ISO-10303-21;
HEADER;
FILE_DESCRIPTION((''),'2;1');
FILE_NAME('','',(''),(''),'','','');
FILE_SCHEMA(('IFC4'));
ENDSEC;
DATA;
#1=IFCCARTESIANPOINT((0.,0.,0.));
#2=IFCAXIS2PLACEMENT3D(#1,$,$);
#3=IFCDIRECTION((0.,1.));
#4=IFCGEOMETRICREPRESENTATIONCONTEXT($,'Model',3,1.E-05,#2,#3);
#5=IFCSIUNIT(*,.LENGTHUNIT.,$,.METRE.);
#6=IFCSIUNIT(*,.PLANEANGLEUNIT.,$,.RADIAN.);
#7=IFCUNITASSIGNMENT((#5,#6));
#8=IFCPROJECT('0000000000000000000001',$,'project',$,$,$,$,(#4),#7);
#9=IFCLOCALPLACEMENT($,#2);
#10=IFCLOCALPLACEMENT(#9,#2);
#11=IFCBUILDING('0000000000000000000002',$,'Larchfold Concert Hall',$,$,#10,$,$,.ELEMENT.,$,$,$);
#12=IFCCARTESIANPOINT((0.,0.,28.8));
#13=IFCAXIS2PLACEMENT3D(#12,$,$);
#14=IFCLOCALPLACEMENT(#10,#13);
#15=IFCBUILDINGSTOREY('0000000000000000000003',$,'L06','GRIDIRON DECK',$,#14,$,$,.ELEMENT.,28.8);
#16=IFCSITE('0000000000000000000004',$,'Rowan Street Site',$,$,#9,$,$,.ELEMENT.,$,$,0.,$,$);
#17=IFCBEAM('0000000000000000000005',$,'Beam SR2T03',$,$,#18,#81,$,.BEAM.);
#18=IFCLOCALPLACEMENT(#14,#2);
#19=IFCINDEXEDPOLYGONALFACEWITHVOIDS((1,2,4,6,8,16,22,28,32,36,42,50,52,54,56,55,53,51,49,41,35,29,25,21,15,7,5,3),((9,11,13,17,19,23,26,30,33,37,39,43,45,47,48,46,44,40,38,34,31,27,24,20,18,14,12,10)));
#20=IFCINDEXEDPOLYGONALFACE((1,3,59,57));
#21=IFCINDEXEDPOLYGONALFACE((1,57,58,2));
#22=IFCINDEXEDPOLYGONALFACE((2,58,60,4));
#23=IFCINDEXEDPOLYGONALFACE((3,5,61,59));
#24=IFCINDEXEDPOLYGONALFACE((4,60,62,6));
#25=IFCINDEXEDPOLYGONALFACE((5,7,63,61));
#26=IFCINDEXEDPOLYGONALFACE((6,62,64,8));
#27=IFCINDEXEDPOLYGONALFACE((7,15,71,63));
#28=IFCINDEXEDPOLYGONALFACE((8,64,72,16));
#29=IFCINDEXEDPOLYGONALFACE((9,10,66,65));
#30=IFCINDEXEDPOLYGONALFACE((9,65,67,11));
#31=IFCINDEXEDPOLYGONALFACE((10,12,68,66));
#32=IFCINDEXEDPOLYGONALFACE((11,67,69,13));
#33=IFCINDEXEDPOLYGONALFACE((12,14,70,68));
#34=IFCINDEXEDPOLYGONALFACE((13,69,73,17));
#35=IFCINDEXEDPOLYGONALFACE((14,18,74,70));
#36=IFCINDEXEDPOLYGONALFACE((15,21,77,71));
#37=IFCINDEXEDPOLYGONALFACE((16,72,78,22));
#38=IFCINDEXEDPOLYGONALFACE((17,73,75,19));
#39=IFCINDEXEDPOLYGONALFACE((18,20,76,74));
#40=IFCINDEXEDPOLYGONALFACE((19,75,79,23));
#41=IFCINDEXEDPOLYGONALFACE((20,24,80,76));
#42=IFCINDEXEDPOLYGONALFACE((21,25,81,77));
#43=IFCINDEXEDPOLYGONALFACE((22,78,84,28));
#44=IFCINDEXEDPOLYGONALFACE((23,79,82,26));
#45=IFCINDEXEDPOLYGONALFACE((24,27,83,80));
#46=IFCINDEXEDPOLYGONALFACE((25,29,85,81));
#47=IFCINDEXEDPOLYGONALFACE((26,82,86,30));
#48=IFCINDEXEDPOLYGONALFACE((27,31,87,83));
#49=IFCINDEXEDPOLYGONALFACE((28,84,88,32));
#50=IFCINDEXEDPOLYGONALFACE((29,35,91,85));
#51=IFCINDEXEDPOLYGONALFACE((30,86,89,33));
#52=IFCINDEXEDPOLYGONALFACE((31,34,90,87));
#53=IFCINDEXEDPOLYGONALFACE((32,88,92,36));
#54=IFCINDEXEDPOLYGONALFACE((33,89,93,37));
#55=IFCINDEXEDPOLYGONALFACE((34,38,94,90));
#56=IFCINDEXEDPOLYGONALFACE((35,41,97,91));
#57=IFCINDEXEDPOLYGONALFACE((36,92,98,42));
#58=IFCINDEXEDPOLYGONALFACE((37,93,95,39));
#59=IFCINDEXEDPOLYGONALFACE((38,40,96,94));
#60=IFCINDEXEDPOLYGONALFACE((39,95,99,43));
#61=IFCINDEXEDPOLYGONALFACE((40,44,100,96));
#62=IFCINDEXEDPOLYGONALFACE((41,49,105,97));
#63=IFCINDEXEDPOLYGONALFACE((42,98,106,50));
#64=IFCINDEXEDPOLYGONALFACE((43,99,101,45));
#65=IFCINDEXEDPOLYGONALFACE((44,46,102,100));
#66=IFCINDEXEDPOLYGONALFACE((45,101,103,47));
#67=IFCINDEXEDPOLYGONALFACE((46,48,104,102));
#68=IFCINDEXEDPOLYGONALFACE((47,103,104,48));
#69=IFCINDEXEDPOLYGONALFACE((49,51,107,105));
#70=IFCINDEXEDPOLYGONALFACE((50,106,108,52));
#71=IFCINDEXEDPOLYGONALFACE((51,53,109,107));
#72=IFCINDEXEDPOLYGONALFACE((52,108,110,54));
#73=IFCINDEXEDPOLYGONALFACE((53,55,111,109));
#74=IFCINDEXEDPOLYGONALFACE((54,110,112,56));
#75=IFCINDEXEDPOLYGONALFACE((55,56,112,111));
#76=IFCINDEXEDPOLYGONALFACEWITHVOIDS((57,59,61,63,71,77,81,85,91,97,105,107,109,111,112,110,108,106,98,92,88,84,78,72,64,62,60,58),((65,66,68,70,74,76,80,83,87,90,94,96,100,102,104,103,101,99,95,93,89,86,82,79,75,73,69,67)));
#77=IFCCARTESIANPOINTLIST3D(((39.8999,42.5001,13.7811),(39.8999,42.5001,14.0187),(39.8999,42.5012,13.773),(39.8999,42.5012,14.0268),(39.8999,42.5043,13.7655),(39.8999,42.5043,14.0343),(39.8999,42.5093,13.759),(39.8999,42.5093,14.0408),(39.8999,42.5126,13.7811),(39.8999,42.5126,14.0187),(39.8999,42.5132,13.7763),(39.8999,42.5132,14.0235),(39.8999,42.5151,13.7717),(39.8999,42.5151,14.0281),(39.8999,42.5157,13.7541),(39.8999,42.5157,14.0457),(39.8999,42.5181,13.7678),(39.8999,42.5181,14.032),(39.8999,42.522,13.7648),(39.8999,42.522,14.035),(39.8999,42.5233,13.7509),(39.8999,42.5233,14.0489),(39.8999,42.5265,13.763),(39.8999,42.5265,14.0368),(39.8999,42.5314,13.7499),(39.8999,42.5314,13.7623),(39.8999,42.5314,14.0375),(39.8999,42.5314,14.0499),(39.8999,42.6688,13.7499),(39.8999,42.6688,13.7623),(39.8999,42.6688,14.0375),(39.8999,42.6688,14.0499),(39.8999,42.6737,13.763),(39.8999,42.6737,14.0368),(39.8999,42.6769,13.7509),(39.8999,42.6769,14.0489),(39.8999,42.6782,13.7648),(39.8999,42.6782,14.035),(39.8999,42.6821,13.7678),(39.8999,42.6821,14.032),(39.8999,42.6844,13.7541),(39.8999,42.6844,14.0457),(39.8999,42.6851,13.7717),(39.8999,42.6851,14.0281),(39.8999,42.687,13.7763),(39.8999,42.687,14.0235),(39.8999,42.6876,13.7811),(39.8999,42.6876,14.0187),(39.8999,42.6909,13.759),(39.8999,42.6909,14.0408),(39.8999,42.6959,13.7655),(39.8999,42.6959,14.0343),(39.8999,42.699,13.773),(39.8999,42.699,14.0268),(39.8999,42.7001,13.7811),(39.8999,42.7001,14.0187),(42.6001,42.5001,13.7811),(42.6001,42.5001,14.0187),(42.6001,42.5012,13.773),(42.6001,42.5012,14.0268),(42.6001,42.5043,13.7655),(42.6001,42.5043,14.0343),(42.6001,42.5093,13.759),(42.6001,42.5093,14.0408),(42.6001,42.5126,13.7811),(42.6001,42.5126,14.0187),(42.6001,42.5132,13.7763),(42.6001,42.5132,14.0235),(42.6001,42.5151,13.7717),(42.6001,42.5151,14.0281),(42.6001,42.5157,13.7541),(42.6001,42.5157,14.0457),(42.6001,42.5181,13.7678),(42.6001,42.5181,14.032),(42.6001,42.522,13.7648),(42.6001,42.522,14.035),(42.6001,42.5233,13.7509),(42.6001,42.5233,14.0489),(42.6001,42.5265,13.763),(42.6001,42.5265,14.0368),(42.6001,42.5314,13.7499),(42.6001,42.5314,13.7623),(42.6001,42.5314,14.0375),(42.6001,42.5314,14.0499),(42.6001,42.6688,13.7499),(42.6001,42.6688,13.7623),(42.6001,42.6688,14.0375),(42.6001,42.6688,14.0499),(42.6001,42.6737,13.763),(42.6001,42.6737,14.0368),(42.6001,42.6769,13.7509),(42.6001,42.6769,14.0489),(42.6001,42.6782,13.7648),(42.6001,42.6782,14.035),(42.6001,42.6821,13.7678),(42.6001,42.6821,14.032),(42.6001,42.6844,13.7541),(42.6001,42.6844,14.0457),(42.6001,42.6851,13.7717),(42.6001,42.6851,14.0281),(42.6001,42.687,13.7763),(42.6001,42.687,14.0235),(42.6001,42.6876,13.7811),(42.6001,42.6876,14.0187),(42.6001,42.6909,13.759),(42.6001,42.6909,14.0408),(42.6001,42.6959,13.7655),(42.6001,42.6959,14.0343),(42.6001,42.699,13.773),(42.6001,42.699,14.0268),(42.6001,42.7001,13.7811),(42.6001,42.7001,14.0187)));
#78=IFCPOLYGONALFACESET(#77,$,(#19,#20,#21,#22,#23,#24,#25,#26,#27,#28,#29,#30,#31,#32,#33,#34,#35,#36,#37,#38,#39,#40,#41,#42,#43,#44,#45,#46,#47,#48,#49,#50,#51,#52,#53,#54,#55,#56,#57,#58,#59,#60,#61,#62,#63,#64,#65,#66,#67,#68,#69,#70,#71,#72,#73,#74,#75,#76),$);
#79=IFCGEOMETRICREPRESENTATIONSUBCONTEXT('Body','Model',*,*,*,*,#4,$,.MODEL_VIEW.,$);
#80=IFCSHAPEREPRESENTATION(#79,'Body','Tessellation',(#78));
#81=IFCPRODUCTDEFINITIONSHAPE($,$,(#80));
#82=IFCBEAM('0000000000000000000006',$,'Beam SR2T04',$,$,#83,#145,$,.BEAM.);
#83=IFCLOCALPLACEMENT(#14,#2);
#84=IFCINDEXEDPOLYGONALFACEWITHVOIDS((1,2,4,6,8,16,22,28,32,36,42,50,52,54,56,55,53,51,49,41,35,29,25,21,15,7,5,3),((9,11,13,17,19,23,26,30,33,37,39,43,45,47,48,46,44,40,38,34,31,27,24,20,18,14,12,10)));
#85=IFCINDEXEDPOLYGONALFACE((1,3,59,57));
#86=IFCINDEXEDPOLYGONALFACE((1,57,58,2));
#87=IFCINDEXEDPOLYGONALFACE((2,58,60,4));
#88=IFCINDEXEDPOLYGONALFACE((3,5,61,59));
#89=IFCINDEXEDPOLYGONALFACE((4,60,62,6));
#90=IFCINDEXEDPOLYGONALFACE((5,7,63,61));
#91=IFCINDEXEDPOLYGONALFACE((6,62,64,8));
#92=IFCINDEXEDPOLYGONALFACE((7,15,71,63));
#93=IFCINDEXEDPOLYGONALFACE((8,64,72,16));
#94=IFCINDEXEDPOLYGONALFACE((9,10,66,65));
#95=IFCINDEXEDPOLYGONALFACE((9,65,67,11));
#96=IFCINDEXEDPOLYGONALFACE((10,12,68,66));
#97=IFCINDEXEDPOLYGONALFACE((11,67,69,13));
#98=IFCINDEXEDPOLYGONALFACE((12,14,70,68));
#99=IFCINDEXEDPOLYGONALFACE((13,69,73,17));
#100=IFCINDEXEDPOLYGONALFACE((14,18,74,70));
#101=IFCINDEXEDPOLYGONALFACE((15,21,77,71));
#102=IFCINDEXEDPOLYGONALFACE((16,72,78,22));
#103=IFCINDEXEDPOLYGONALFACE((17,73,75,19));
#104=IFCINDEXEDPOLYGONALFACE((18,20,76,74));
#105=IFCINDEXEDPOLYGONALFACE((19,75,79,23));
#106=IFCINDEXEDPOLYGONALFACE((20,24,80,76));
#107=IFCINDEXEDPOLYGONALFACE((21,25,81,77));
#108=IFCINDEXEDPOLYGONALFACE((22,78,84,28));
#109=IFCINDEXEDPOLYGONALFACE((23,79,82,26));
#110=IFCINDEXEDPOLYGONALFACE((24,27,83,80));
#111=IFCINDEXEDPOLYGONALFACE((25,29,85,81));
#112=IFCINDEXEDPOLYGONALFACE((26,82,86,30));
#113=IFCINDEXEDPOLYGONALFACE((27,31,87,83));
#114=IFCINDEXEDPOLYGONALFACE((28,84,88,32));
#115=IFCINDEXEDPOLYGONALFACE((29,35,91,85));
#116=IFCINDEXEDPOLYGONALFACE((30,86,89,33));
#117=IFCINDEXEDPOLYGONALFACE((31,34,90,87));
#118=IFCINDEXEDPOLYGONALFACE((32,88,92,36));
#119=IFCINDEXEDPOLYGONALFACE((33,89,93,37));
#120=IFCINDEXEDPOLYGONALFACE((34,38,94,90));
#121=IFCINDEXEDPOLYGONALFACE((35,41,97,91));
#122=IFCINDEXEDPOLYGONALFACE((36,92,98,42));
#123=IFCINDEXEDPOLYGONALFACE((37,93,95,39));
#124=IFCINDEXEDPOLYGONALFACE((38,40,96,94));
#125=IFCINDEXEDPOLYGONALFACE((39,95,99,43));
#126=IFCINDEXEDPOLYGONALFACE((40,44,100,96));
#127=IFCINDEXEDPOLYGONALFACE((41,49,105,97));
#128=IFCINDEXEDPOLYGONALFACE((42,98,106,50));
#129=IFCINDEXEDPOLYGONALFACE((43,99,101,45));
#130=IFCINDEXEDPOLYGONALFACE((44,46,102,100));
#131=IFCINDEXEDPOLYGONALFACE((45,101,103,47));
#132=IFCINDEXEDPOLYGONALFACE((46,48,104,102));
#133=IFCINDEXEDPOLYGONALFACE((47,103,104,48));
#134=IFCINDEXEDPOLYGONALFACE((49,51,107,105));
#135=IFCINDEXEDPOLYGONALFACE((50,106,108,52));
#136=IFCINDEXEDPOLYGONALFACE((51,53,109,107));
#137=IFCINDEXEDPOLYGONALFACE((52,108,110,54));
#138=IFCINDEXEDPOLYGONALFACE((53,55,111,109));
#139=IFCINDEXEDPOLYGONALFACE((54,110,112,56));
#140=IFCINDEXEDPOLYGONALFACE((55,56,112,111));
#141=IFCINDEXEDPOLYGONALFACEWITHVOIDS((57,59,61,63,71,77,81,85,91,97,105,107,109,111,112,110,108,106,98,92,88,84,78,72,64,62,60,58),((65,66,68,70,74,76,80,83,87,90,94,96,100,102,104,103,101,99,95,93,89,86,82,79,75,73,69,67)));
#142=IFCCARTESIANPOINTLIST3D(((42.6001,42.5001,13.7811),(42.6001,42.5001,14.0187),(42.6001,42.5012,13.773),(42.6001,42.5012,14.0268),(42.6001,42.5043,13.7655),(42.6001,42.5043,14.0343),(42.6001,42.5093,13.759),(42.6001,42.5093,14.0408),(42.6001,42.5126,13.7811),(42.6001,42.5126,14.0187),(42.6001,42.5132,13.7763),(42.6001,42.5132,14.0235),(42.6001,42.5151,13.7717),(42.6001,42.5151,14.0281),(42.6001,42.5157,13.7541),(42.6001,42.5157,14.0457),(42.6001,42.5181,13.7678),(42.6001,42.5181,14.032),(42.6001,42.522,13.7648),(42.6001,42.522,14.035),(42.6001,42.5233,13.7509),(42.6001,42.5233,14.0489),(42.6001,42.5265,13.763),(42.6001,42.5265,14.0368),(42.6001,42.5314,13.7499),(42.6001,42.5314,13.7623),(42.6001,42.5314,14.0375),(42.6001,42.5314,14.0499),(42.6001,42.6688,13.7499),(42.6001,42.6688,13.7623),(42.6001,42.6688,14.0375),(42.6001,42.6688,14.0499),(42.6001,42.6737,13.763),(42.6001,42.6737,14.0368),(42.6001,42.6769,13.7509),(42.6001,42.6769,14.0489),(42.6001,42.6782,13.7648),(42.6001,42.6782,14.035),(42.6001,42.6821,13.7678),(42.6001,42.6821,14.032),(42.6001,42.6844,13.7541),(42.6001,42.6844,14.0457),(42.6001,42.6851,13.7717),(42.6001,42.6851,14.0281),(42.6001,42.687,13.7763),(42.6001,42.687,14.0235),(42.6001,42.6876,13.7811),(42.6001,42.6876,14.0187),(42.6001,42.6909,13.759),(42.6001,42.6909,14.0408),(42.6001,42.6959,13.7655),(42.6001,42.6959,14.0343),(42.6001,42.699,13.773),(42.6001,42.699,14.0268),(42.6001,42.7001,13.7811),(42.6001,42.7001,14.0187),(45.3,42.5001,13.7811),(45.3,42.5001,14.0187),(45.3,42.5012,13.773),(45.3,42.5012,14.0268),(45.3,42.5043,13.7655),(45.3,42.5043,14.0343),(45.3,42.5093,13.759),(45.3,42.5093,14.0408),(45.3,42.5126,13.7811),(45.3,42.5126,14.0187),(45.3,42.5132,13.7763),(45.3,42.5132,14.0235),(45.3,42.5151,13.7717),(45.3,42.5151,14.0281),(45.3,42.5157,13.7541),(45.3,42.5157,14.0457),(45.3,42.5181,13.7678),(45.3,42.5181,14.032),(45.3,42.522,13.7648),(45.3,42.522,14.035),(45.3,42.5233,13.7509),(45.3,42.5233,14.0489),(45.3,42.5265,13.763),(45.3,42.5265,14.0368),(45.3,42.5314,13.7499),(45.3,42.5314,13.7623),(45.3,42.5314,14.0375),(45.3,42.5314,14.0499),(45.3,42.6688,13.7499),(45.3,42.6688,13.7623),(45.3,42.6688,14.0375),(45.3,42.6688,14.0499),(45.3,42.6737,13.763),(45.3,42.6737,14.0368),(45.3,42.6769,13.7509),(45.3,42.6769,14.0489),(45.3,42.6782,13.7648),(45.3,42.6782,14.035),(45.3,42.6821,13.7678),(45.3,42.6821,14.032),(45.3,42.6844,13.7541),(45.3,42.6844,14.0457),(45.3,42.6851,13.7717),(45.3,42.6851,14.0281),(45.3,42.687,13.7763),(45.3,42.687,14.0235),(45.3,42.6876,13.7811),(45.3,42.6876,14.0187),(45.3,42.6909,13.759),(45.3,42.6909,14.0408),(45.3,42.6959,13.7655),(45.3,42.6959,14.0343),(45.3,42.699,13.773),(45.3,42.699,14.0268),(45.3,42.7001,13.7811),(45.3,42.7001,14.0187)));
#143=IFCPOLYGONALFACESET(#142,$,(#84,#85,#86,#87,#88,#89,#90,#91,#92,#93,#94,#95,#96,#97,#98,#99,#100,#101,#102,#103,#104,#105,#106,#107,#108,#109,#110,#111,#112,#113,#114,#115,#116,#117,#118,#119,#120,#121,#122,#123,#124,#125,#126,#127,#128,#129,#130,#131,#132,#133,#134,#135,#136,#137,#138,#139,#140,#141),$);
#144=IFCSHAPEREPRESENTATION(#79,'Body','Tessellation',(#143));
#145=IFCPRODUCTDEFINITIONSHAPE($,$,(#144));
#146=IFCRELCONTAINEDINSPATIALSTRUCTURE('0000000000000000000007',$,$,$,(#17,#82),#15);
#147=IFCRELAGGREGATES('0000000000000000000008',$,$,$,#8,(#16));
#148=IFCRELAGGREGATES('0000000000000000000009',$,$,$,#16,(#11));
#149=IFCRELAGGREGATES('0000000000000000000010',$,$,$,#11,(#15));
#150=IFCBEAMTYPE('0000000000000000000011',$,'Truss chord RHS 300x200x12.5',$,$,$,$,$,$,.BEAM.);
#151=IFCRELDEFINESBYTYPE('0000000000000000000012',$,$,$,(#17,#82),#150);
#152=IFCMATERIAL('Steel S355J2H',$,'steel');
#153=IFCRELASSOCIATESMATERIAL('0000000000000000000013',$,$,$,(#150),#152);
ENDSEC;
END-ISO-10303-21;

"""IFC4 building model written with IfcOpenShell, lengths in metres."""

from ifc_helpers import new_model, si_unit, direction, frame, origin, origin_2d, place, context, subcontext, project, spatial, hollow_rectangle, extrude, material, material_profile, profile_set, type_object, element, save


model = new_model("IFC4")

# Units and contexts
model_context = context("Model", 3, precision=1e-05, world=origin(), true_north=direction((0.0, 1.0)))
body_context = subcontext(model_context, "Body", "Model", "MODEL_VIEW")
ifc_project = project(units=[si_unit("LENGTHUNIT", "METRE"), si_unit("PLANEANGLEUNIT", "RADIAN")], contexts=[model_context])

# Site, building, storey
site_placement = place(None, origin())
site = spatial("IfcSite", under=ifc_project, at=site_placement, Name="Rowan Street Site", CompositionType="ELEMENT", RefElevation=0.0)
building_placement = place(site_placement, origin())
building = spatial("IfcBuilding", under=site, at=building_placement, Name="Larchfold Concert Hall", CompositionType="ELEMENT")
storey_placement = place(building_placement, frame((0.0, 0.0, 28.8)))
storey = spatial("IfcBuildingStorey", under=building, at=storey_placement, Name="L06", Description="GRIDIRON DECK", CompositionType="ELEMENT", Elevation=28.8)

# Beams
ifc_material_1 = material(Name="Steel S355J2H", Category="steel")
ifc_material_profile_1 = material_profile(ifc_material_1, hollow_rectangle(XDim=0.2, YDim=0.3, WallThickness=0.0125, InnerFilletRadius=0.0188, OuterFilletRadius=0.0312, at=origin_2d()))
ifc_profile_set_1 = profile_set([ifc_material_profile_1], Name="Steel S355J2H")
beam_type_1 = type_object("IfcBeamType", Name="Truss chord RHS 300x200x12.5", PredefinedType="BEAM", material=ifc_profile_set_1)
beam_1_placement = place(storey_placement, frame((39.8999, 42.6001, 13.8999), z_axis=(1.0, 0.0, 0.0), x_axis=(0.0, 1.0, 0.0)))
element("IfcBeam", 1, at=beam_1_placement, inside=storey, type_object=beam_type_1, Name="Beam SR2T03", PredefinedType="BEAM", context=body_context, shape_type="SweptSolid", body=[
    extrude(hollow_rectangle(XDim=0.2, YDim=0.3, WallThickness=0.0125, InnerFilletRadius=0.0188, OuterFilletRadius=0.0312, at=origin_2d()), origin(), (0.0, 0.0, 1.0), 2.7002),
])
beam_2_placement = place(storey_placement, frame((42.6001, 42.6001, 13.8999), z_axis=(1.0, 0.0, 0.0), x_axis=(0.0, 1.0, 0.0)))
element("IfcBeam", 2, at=beam_2_placement, inside=storey, type_object=beam_type_1, Name="Beam SR2T04", PredefinedType="BEAM", context=body_context, shape_type="SweptSolid", body=[
    extrude(hollow_rectangle(XDim=0.2, YDim=0.3, WallThickness=0.0125, InnerFilletRadius=0.0188, OuterFilletRadius=0.0312, at=origin_2d()), origin(), (0.0, 0.0, 1.0), 2.7),
])

save(model, "model.ifc")
